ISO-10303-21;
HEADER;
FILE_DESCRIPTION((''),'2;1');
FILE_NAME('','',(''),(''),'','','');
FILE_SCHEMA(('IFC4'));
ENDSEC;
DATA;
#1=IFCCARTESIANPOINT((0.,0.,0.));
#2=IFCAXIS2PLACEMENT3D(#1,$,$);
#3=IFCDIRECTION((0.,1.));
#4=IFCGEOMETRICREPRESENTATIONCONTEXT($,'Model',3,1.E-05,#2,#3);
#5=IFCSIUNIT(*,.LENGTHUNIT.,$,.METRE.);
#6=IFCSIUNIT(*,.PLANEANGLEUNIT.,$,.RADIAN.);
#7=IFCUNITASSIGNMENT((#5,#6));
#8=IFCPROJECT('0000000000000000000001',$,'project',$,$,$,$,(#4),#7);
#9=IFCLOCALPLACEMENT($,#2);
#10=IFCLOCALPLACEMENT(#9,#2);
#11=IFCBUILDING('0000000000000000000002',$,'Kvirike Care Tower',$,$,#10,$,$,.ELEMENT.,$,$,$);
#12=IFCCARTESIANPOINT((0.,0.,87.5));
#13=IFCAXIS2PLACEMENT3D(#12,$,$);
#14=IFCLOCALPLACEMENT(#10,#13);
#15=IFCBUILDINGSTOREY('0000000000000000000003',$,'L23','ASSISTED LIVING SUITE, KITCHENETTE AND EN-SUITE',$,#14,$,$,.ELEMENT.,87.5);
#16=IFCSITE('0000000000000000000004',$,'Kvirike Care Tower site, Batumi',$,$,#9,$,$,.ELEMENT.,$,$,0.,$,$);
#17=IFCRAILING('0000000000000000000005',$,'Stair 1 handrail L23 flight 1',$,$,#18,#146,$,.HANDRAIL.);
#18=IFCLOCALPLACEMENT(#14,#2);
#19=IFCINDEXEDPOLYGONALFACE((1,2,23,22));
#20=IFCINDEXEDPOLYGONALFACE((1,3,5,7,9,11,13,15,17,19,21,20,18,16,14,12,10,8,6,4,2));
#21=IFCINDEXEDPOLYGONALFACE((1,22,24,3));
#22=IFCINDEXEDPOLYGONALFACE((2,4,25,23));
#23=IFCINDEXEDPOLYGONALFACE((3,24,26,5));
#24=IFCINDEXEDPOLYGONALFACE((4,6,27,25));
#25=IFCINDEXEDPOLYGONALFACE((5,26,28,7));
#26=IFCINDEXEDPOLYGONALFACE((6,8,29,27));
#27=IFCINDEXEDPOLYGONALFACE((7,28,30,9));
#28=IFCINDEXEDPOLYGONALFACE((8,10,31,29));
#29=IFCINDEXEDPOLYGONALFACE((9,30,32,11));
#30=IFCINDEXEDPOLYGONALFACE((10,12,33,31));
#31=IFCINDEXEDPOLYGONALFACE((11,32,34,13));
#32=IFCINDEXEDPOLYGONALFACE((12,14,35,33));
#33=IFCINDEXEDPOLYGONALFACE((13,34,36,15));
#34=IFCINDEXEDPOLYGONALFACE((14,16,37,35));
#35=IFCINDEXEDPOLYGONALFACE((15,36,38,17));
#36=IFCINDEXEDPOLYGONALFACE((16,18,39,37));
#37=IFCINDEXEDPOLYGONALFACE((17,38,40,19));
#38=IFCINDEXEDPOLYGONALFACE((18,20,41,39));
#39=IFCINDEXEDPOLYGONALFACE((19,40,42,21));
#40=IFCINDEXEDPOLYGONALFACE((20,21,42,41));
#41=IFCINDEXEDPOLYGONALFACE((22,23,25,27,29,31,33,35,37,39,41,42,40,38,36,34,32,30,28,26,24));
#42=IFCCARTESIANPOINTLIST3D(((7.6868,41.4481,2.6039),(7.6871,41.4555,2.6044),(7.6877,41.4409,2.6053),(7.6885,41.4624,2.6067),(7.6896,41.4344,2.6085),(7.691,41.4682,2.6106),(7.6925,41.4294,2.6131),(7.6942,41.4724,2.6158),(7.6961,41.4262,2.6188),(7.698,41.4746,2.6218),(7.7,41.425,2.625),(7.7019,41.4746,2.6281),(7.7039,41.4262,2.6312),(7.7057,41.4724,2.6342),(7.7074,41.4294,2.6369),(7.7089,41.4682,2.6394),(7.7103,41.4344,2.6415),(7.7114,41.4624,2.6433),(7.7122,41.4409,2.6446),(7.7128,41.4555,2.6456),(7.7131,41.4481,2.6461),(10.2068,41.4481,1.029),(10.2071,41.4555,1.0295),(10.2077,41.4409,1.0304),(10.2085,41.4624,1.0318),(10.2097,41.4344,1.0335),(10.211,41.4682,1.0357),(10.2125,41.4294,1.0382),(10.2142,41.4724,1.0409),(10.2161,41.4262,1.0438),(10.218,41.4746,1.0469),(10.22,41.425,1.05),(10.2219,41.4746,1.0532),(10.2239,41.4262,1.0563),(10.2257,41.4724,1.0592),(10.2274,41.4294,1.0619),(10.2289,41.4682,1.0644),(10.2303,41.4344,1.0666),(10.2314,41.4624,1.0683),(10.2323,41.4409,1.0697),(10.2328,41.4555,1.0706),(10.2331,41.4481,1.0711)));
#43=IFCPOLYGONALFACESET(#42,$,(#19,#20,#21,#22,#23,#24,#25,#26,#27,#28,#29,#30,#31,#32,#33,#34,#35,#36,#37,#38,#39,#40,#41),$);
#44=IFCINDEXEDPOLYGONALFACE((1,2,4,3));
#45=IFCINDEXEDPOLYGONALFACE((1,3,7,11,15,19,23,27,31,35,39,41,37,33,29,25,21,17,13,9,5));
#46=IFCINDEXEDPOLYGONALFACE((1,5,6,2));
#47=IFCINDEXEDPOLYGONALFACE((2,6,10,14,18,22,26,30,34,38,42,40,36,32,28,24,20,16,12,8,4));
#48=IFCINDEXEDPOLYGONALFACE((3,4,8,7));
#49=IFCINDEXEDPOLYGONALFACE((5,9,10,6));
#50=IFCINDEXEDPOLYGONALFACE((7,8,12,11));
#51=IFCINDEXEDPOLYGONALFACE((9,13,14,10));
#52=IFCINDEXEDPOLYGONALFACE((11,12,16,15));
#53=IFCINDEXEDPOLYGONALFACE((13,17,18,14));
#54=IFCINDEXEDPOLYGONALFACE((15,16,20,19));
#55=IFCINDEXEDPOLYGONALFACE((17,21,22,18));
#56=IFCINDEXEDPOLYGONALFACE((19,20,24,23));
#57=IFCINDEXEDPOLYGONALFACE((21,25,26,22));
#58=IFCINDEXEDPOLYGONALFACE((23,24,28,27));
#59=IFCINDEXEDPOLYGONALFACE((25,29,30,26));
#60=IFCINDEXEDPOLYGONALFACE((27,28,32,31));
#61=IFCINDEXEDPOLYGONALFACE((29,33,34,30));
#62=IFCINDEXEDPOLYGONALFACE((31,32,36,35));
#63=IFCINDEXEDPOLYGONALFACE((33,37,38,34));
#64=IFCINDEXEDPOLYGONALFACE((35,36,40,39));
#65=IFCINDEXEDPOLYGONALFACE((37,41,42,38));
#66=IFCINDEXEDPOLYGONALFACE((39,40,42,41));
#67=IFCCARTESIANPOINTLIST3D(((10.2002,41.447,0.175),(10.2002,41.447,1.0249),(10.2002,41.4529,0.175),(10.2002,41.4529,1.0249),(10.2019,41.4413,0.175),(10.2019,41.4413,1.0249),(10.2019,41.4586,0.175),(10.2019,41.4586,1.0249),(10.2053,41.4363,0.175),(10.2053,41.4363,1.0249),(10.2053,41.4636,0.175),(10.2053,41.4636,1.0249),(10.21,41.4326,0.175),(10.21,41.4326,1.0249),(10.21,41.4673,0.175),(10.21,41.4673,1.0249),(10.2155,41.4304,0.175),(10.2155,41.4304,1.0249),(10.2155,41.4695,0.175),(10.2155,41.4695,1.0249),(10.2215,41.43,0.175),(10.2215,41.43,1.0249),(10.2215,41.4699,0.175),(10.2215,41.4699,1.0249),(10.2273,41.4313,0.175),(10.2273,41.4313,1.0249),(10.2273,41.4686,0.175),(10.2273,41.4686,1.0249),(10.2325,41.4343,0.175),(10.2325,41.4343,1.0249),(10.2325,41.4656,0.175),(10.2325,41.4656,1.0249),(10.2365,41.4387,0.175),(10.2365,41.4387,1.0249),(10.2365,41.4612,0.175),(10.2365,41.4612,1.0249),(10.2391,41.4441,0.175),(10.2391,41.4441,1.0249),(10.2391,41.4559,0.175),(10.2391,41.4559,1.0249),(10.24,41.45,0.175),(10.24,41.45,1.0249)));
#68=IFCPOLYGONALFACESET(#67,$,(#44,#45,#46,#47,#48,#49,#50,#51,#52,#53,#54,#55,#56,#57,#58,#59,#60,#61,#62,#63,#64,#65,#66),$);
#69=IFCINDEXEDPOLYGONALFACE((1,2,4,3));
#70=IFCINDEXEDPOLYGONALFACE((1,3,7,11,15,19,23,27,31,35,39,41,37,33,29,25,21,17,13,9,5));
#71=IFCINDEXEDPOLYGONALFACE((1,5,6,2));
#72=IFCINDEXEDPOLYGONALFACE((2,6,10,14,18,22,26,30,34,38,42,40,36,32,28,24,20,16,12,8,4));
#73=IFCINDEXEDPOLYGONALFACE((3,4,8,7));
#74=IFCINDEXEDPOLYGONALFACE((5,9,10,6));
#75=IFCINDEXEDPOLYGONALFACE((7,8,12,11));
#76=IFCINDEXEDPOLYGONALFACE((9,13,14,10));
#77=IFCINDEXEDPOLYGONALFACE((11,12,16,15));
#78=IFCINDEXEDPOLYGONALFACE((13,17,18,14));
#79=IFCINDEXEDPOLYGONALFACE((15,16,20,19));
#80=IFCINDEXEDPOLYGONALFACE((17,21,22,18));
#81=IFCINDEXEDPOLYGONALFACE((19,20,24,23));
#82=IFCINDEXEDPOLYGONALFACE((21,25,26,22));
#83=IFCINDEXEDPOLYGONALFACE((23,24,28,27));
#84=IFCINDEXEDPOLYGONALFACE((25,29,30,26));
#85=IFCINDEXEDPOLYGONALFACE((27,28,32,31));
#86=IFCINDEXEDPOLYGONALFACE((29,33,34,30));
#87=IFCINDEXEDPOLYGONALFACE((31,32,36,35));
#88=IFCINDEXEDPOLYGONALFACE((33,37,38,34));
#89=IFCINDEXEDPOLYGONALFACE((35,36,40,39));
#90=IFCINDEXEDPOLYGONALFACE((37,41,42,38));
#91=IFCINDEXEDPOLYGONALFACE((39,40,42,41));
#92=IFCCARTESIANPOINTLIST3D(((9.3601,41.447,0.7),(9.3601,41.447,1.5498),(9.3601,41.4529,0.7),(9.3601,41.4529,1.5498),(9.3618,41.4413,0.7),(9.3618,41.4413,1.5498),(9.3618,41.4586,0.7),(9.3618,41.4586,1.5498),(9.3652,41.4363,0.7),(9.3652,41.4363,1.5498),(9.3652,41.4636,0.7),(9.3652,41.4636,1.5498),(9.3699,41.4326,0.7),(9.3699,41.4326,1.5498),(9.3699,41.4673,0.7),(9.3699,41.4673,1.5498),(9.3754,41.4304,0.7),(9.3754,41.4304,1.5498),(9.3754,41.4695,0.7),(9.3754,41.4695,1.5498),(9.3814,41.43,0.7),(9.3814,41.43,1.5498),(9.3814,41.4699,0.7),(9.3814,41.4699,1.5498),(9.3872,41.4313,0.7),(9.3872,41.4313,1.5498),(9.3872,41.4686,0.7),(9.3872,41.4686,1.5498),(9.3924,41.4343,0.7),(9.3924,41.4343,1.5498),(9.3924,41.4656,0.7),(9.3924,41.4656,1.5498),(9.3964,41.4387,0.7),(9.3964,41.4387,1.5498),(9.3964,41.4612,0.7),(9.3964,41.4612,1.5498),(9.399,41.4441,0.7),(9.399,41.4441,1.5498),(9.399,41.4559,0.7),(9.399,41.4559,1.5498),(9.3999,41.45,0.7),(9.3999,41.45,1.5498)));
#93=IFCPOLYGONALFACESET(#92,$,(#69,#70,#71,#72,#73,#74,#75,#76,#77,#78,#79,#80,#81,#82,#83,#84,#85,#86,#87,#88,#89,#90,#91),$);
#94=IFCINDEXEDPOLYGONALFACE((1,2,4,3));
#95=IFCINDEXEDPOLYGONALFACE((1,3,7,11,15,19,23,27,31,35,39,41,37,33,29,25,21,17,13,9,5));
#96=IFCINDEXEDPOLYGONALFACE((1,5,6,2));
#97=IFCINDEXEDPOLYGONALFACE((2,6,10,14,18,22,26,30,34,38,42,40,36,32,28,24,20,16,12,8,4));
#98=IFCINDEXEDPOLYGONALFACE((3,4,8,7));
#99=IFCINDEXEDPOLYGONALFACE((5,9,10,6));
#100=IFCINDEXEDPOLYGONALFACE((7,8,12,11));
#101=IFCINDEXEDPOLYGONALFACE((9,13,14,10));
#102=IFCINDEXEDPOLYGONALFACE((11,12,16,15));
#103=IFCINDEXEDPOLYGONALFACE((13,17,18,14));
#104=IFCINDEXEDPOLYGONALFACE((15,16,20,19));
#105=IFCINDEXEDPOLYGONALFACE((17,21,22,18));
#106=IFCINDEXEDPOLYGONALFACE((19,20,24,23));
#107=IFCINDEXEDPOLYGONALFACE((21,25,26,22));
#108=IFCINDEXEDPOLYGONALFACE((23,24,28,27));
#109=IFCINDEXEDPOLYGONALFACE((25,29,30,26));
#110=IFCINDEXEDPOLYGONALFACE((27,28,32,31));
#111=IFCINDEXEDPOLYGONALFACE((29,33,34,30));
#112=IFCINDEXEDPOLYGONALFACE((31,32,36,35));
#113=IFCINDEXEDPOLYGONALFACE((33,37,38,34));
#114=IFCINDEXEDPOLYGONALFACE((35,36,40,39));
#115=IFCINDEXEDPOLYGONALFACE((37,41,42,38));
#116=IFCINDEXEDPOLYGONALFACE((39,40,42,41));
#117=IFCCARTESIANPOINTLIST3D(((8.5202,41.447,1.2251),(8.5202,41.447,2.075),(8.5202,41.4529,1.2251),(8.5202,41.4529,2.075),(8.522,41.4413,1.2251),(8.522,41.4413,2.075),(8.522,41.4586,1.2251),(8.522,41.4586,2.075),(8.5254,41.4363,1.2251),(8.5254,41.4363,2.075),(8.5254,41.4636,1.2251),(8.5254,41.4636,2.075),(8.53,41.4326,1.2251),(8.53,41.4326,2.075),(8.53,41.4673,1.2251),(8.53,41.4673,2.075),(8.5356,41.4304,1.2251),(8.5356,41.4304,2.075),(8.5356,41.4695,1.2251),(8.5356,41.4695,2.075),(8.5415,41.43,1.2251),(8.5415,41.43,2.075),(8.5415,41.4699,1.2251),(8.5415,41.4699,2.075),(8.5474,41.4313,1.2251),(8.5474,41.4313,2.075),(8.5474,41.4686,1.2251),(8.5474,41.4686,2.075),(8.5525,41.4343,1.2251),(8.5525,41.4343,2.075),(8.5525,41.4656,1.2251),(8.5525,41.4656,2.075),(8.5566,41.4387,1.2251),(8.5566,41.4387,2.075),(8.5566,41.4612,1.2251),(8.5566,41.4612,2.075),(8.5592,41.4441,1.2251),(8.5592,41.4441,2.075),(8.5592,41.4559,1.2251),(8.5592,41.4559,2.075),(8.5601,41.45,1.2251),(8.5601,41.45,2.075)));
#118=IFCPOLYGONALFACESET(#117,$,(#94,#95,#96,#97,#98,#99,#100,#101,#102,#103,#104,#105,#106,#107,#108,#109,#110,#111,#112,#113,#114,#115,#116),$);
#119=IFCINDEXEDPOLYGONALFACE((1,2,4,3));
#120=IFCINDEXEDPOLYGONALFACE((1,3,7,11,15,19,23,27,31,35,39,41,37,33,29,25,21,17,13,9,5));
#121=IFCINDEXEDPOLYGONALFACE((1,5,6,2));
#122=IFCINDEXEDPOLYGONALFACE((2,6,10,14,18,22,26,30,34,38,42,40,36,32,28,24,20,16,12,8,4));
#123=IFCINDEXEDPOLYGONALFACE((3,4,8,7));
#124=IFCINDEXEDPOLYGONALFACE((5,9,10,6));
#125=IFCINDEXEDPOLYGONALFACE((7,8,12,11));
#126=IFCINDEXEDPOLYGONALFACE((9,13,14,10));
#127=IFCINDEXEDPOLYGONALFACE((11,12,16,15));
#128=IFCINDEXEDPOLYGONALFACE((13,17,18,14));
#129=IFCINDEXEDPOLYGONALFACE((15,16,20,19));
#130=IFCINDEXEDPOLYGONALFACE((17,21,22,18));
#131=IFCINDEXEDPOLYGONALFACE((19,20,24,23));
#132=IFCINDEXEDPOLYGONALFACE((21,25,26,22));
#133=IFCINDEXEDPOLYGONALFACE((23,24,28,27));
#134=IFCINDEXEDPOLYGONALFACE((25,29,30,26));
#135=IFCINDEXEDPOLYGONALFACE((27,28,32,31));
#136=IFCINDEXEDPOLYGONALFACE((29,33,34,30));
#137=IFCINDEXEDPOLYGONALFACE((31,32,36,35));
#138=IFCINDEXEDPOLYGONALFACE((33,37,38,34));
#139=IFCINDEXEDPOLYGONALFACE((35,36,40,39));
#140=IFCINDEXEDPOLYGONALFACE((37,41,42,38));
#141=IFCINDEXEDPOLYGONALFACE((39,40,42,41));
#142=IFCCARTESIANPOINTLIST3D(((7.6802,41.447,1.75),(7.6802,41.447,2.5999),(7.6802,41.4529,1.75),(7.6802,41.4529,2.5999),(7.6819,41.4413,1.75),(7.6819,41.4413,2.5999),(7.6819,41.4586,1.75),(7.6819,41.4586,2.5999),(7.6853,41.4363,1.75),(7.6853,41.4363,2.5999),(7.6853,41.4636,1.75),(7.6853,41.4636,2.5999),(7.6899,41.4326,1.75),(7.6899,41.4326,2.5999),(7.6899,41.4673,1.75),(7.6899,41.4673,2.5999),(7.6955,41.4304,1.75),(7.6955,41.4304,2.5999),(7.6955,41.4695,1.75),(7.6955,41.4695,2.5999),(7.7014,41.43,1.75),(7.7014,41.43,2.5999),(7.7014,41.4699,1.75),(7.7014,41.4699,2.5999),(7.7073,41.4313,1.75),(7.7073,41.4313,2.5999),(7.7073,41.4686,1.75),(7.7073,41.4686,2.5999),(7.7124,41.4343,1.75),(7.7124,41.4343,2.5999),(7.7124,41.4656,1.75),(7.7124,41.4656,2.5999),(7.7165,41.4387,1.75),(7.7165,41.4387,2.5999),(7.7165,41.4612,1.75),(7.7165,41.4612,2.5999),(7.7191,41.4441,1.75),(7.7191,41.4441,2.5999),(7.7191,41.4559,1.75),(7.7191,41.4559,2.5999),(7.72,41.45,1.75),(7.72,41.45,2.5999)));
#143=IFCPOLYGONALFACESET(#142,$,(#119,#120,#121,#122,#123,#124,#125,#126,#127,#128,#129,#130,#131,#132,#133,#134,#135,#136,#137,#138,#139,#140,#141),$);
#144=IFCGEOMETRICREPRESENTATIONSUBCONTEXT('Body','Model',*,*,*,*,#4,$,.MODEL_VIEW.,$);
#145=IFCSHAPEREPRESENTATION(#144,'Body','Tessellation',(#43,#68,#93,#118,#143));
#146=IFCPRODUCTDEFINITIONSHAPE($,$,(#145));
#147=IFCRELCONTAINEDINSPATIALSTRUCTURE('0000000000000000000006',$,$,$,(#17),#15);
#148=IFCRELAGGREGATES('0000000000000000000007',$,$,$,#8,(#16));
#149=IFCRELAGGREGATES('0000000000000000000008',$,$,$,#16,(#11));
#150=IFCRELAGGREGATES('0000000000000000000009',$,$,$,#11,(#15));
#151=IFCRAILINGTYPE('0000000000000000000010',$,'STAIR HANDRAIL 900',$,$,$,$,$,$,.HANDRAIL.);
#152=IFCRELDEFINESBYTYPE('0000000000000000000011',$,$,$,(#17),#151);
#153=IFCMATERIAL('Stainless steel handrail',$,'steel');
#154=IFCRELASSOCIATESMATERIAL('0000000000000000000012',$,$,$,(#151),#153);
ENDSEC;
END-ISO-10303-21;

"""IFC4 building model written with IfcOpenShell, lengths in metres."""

from ifc_helpers import new_model, si_unit, direction, frame, origin, origin_2d, place, context, subcontext, project, spatial, circle, extrude, material, type_object, element, save


model = new_model("IFC4")

# Units and contexts
model_context = context("Model", 3, precision=1e-05, world=origin(), true_north=direction((0.0, 1.0)))
body_context = subcontext(model_context, "Body", "Model", "MODEL_VIEW")
ifc_project = project(units=[si_unit("LENGTHUNIT", "METRE"), si_unit("PLANEANGLEUNIT", "RADIAN")], contexts=[model_context])

# Site, building, storey
site_placement = place(None, origin())
site = spatial("IfcSite", under=ifc_project, at=site_placement, Name="Kvirike Care Tower site, Batumi", CompositionType="ELEMENT", RefElevation=0.0)
building_placement = place(site_placement, origin())
building = spatial("IfcBuilding", under=site, at=building_placement, Name="Kvirike Care Tower", CompositionType="ELEMENT")
storey_placement = place(building_placement, frame((0.0, 0.0, 87.5)))
storey = spatial("IfcBuildingStorey", under=building, at=storey_placement, Name="L23", Description="ASSISTED LIVING SUITE, KITCHENETTE AND EN-SUITE", CompositionType="ELEMENT", Elevation=87.5)

# Railing
ifc_material_1 = material(Name="Stainless steel handrail", Category="steel")
railing_type = type_object("IfcRailingType", Name="STAIR HANDRAIL 900", PredefinedType="HANDRAIL", material=ifc_material_1)
railing_1_placement = place(storey_placement, frame((10.22, 41.45, 0.175)))
element("IfcRailing", 1, at=railing_1_placement, inside=storey, type_object=railing_type, Name="Stair 1 handrail L23 flight 1", PredefinedType="HANDRAIL", context=body_context, shape_type="SweptSolid", body=[
    extrude(circle(Radius=0.0249, at=origin_2d()), frame((0.0, 0.0, 0.875), z_axis=(-0.848008, 0.0, 0.529984), x_axis=(0.0, -1.0, 0.0)), (0.0, 0.0, 1.0), 2.9717),
    extrude(circle(Radius=0.02, at=origin_2d()), origin(), (0.0, 0.0, 1.0), 0.8499),
    extrude(circle(Radius=0.02, at=origin_2d()), frame((-0.8401, 0.0, 0.5249)), (0.0, 0.0, 1.0), 0.8499),
    extrude(circle(Radius=0.02, at=origin_2d()), frame((-1.6799, 0.0, 1.05)), (0.0, 0.0, 1.0), 0.8499),
    extrude(circle(Radius=0.02, at=origin_2d()), frame((-2.52, 0.0, 1.575)), (0.0, 0.0, 1.0), 0.8499),
])

save(model, "model.ifc")
